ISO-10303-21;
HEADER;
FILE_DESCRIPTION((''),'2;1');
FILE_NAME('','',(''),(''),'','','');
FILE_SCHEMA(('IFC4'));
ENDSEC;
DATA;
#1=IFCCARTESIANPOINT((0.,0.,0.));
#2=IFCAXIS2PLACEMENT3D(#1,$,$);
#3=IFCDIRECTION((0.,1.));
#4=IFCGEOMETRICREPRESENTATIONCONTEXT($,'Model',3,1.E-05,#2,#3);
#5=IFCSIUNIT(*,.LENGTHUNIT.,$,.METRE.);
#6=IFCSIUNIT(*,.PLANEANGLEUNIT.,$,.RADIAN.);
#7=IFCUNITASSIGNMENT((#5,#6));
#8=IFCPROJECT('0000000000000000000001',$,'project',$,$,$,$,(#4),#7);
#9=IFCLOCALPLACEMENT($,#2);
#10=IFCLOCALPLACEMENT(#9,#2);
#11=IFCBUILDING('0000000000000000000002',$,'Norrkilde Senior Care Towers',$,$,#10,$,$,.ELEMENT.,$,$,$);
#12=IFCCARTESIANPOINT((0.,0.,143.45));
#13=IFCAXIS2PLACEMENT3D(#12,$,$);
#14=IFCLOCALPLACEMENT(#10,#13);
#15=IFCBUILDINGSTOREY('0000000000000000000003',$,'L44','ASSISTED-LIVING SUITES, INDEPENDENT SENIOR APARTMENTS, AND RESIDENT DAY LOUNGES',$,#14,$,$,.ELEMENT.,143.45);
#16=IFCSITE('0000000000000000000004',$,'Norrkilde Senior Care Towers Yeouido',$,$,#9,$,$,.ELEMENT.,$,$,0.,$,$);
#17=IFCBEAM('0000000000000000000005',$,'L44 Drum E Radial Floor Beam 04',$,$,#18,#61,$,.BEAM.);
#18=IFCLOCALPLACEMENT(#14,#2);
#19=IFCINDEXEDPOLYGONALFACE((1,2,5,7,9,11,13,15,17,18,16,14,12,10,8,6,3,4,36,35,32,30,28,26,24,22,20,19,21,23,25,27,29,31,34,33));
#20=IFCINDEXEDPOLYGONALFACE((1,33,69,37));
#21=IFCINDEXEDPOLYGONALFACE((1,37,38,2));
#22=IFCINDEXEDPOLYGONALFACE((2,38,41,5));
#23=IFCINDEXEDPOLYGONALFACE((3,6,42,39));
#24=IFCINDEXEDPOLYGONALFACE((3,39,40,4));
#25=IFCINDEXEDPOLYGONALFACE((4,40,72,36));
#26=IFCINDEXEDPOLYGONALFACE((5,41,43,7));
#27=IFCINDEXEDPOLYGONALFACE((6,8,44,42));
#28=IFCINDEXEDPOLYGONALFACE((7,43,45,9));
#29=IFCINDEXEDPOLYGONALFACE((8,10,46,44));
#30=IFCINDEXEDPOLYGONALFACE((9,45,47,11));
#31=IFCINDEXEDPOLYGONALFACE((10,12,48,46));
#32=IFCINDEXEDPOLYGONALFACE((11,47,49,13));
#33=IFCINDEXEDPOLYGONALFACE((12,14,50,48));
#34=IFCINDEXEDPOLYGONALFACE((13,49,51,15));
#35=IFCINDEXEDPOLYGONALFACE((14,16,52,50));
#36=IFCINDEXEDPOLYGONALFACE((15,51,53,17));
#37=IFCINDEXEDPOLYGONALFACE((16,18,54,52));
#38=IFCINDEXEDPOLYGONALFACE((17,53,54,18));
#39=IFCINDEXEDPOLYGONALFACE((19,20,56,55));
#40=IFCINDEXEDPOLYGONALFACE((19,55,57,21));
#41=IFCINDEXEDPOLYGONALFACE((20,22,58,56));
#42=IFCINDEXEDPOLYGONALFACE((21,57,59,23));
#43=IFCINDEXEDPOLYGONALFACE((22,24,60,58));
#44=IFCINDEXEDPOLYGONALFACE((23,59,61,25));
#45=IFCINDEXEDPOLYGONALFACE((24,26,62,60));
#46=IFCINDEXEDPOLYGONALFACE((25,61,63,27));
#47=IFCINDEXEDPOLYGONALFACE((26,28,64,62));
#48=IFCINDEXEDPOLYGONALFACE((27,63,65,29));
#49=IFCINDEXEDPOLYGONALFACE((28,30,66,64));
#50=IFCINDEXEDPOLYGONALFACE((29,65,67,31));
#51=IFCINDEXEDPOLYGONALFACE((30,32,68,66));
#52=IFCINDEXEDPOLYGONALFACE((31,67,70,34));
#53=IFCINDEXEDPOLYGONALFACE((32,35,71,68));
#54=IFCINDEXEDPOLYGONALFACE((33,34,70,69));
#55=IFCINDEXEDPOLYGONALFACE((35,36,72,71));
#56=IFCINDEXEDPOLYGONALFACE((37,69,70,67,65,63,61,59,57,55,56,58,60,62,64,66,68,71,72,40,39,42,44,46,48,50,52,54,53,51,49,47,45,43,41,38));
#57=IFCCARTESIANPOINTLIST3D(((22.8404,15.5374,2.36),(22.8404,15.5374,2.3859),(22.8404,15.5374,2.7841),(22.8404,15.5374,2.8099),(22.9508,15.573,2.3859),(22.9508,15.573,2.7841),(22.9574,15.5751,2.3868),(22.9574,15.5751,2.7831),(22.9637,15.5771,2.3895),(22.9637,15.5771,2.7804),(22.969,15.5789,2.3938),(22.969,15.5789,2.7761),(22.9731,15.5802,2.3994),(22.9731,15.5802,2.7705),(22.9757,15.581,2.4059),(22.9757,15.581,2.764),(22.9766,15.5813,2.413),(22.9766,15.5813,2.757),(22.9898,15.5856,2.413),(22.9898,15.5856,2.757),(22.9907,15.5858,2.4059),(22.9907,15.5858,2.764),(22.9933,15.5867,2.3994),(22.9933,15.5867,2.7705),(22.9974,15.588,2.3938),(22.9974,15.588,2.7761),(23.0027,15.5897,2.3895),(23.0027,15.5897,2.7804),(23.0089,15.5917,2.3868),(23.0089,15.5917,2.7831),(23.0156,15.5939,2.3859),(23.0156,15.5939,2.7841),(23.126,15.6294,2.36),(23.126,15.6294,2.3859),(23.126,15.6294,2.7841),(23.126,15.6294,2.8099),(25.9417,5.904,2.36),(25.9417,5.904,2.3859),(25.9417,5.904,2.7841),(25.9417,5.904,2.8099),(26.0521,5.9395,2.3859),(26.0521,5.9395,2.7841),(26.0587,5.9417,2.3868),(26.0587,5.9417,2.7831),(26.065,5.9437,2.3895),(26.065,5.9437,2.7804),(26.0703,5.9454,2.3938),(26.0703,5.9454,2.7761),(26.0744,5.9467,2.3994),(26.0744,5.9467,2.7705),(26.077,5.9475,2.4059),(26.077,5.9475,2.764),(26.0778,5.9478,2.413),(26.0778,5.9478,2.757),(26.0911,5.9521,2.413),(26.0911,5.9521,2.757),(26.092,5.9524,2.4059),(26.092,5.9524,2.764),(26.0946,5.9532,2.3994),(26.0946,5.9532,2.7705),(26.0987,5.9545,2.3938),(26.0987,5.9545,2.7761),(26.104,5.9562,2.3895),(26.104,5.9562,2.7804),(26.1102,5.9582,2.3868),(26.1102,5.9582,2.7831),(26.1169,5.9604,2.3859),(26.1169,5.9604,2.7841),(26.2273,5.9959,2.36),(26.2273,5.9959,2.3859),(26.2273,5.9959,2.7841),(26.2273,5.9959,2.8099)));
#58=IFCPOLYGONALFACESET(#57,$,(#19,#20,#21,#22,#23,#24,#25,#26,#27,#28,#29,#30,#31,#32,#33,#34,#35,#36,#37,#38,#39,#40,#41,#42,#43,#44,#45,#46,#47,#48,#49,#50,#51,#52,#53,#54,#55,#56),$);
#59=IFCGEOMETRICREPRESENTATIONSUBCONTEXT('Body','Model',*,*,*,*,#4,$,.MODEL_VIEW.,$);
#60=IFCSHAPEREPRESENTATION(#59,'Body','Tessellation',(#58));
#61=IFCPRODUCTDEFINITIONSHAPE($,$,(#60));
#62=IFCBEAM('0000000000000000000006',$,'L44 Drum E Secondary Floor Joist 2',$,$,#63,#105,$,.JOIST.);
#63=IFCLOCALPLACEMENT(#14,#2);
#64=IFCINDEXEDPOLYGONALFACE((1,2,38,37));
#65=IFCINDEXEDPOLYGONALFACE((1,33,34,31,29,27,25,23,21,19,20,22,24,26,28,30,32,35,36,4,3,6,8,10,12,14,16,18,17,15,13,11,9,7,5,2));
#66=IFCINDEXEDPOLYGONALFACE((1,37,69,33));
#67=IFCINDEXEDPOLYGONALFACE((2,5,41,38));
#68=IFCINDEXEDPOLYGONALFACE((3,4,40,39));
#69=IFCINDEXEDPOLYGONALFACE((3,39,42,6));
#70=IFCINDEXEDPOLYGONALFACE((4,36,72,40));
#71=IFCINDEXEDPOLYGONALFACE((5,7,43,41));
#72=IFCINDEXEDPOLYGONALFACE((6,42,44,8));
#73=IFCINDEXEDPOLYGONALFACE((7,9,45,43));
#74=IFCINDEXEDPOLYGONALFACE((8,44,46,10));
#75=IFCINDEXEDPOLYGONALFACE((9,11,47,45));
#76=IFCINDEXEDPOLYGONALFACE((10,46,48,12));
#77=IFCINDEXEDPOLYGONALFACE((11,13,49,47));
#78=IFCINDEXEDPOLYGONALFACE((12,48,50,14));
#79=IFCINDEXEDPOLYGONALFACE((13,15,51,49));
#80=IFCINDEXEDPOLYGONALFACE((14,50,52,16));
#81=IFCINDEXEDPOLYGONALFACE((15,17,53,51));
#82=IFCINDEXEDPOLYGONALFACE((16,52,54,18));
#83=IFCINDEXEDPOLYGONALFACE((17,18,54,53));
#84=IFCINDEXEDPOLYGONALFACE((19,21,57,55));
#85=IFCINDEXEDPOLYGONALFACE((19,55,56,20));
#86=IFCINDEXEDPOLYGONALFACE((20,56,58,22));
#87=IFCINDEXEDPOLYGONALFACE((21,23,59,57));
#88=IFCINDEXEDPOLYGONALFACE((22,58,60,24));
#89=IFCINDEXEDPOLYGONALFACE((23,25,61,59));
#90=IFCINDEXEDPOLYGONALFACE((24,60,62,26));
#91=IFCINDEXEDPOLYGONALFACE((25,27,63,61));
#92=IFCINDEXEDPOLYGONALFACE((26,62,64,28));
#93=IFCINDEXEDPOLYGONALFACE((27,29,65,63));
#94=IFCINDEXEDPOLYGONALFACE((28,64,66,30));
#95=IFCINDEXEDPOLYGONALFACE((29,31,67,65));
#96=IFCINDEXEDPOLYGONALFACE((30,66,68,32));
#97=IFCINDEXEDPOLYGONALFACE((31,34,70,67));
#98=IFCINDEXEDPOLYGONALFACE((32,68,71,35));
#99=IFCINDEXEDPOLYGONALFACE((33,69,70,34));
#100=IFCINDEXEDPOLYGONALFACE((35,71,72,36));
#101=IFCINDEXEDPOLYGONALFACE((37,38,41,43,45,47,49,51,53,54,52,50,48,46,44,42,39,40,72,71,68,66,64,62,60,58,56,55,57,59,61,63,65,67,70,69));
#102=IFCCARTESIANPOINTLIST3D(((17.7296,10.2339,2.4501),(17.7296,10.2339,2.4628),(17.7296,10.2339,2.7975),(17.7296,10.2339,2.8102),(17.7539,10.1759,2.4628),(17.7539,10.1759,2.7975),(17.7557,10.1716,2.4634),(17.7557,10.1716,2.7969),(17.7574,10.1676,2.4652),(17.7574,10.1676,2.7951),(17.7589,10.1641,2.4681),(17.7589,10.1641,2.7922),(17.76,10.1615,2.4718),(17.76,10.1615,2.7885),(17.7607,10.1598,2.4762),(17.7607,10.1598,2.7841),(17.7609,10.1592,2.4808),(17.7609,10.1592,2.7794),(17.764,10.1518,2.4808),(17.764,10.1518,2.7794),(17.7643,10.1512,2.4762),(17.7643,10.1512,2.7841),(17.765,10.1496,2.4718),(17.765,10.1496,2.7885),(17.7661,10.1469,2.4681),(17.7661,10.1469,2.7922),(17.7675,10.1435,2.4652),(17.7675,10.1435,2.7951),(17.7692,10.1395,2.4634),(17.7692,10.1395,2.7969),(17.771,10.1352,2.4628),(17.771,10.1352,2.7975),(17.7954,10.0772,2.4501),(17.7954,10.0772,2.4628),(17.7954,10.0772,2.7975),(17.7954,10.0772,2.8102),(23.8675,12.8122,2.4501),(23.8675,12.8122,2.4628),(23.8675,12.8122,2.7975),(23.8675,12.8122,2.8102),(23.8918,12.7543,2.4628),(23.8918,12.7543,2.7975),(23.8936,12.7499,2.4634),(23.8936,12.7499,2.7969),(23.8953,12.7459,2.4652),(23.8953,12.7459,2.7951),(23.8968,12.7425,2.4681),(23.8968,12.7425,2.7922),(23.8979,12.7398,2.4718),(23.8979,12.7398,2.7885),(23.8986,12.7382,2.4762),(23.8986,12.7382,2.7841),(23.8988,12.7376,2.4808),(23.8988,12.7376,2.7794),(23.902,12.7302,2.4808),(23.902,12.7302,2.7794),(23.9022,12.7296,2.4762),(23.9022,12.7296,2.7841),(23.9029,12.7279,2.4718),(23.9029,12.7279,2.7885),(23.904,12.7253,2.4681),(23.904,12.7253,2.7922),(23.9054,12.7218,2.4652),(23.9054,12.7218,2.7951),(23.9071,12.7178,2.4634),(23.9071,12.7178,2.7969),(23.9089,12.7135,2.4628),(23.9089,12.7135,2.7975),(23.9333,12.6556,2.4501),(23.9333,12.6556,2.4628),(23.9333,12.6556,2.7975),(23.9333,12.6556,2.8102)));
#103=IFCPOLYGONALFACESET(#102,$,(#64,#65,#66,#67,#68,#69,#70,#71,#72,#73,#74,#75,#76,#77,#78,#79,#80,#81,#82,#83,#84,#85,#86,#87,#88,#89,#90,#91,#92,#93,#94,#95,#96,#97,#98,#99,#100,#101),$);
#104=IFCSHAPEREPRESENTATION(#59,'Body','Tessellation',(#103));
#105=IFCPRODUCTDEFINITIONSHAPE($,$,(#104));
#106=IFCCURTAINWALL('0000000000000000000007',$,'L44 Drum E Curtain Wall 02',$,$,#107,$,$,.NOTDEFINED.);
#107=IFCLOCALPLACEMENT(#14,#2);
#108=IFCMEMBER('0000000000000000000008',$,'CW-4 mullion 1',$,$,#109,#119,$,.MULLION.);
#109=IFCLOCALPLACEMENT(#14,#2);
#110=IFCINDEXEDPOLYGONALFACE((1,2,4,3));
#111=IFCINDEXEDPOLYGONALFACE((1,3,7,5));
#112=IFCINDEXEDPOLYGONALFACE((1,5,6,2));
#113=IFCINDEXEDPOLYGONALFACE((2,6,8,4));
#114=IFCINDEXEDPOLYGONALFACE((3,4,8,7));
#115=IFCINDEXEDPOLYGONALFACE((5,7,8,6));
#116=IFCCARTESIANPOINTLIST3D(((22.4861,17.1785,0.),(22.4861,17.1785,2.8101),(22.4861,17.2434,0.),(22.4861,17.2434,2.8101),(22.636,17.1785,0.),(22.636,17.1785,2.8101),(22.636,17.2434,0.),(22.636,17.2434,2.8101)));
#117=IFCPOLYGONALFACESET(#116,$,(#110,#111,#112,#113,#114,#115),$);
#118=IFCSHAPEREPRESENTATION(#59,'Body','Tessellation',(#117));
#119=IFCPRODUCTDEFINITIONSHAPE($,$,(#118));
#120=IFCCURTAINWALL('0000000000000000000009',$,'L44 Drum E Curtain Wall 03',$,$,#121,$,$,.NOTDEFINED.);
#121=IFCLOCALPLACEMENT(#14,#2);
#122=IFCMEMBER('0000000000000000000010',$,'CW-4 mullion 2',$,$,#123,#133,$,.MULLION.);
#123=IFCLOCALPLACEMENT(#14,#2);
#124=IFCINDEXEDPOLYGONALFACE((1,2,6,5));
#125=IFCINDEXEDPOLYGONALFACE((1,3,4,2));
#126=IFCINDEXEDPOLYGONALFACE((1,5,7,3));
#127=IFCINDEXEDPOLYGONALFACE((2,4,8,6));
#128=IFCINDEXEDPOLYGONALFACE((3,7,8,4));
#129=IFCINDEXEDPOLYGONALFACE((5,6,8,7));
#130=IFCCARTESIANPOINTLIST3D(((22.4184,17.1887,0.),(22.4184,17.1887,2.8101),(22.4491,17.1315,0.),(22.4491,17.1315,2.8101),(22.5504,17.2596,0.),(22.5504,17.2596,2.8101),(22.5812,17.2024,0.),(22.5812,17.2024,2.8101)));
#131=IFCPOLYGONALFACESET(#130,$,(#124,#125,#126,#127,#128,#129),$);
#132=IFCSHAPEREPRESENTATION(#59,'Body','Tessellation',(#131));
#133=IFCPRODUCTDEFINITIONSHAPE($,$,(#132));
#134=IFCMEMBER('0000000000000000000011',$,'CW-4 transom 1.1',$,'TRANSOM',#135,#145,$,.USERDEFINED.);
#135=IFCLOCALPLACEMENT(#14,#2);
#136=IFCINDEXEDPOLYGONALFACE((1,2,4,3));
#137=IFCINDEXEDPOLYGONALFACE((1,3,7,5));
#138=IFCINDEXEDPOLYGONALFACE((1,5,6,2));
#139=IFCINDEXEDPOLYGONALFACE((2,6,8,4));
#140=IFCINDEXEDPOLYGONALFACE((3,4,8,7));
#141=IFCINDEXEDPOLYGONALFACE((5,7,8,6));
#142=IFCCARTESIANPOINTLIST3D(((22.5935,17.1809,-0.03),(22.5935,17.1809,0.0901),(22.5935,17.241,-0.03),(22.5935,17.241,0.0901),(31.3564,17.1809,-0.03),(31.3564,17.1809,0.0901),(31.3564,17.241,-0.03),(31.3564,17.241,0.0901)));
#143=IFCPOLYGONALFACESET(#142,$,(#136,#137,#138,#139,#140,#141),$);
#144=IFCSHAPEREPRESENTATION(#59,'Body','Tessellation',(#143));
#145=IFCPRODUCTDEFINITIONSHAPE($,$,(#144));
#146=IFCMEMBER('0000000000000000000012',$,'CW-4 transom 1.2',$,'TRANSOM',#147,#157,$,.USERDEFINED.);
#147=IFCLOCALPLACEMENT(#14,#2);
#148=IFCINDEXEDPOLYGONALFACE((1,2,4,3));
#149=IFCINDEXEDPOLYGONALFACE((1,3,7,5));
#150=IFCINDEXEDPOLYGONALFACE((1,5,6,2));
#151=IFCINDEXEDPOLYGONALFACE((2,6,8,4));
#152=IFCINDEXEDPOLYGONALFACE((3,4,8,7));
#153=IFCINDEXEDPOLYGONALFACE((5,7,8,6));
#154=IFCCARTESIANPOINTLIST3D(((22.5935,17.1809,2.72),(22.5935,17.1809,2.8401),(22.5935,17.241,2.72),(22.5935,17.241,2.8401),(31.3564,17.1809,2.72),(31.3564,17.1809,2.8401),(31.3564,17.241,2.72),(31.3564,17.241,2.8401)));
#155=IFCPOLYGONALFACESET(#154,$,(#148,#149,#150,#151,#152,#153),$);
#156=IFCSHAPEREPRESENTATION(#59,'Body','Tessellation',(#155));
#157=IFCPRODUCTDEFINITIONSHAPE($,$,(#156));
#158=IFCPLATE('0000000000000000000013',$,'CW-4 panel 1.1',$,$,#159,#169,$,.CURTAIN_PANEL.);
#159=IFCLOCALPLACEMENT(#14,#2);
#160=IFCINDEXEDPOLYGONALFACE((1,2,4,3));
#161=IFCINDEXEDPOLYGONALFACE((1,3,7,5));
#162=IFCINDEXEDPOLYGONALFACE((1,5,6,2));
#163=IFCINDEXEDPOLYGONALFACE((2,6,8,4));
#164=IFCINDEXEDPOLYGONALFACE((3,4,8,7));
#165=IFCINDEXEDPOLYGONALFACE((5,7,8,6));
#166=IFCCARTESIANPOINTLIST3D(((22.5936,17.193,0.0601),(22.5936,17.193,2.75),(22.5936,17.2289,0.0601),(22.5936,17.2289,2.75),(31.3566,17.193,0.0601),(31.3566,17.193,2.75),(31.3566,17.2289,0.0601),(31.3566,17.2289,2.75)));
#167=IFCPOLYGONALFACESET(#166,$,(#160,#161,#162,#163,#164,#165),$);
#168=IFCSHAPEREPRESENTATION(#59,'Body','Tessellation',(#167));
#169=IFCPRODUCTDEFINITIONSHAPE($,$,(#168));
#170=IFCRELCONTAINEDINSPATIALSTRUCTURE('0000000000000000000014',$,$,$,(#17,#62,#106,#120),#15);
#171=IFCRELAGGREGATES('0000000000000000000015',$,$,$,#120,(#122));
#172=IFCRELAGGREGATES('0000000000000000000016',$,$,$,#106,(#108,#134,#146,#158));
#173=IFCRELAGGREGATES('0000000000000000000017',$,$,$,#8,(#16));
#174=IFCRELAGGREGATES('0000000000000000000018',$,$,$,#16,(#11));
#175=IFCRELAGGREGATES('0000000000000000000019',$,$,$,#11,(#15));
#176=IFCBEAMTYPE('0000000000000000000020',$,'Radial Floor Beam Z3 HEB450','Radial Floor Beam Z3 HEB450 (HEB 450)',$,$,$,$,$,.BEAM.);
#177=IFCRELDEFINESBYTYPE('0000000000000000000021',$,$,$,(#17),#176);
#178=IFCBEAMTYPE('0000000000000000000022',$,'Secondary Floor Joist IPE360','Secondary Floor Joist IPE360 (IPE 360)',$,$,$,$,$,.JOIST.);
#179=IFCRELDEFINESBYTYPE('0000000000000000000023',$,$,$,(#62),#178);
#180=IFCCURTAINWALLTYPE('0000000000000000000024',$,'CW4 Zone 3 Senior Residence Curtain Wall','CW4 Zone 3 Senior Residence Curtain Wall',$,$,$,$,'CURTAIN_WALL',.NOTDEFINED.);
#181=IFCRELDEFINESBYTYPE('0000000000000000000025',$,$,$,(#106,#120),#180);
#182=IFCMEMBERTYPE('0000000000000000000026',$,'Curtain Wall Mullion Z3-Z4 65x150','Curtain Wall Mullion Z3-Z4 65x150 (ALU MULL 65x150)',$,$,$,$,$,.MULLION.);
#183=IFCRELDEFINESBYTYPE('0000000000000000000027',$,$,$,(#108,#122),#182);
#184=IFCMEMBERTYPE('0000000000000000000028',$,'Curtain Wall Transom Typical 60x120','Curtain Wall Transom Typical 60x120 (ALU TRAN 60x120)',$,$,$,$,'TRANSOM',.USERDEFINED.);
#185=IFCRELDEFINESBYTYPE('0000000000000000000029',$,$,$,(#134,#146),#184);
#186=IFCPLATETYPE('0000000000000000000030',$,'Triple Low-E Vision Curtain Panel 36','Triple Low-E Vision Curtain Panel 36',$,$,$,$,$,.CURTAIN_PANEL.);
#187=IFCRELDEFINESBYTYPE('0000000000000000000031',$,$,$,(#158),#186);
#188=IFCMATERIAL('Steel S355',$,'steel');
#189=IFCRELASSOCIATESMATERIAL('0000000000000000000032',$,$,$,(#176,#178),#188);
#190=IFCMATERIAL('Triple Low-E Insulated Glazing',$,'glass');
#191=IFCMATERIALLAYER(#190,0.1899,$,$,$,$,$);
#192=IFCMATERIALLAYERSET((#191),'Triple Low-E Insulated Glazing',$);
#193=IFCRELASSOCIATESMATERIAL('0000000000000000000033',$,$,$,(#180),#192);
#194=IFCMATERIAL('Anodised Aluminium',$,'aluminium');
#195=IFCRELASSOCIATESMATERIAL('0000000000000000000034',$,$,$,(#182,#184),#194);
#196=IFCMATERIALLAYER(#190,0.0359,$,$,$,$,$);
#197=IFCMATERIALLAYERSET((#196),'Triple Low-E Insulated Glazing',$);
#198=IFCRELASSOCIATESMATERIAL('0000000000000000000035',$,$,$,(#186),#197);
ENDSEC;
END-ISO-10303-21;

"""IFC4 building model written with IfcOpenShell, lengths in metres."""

from ifc_helpers import new_model, si_unit, direction, frame, origin, origin_2d, place, context, subcontext, project, spatial, rectangle, i_section, extrude, source, transform, mapped, material, layer, layer_set, material_profile, profile_set, type_object, type_shapes, element, aggregate, save


model = new_model("IFC4")

# Units and contexts
model_context = context("Model", 3, precision=1e-05, world=origin(), true_north=direction((0.0, 1.0)))
body_context = subcontext(model_context, "Body", "Model", "MODEL_VIEW")
ifc_project = project(units=[si_unit("LENGTHUNIT", "METRE"), si_unit("PLANEANGLEUNIT", "RADIAN")], contexts=[model_context])

# Site, building, storey
site_placement = place(None, origin())
site = spatial("IfcSite", under=ifc_project, at=site_placement, Name="Norrkilde Senior Care Towers Yeouido", CompositionType="ELEMENT", RefElevation=0.0)
building_placement = place(site_placement, origin())
building = spatial("IfcBuilding", under=site, at=building_placement, Name="Norrkilde Senior Care Towers", CompositionType="ELEMENT")
storey_placement = place(building_placement, frame((0.0, 0.0, 143.45)))
storey = spatial("IfcBuildingStorey", under=building, at=storey_placement, Name="L44", Description="ASSISTED-LIVING SUITES, INDEPENDENT SENIOR APARTMENTS, AND RESIDENT DAY LOUNGES", CompositionType="ELEMENT", Elevation=143.45)

# Beams
ifc_material_1 = material(Name="Steel S355", Category="steel")
ifc_material_profile_1 = material_profile(ifc_material_1, i_section(OverallWidth=0.3, OverallDepth=0.45, WebThickness=0.0139, FlangeThickness=0.0259, FilletRadius=0.0271, at=origin_2d()), Name="HEB 450")
ifc_profile_set_1 = profile_set([ifc_material_profile_1], Name="Steel S355")
beam_type_1 = type_object("IfcBeamType", Name="Radial Floor Beam Z3 HEB450", Description="Radial Floor Beam Z3 HEB450 (HEB 450)", PredefinedType="BEAM", material=ifc_profile_set_1)
shared_shape_1 = source(origin(), body_context, "Body", "SweptSolid", [
    extrude(i_section(OverallWidth=0.3, OverallDepth=0.45, WebThickness=0.0139, FlangeThickness=0.0259, FilletRadius=0.0271, at=origin_2d()), origin(), (0.0, 0.0, 1.0), 10.1204),
])
beam_1_placement = place(storey_placement, frame((26.0845, 5.95, 2.585), z_axis=(-0.306441, 0.95189, 0.0), x_axis=(-0.95189, -0.306441, 0.0)))
element("IfcBeam", 1, at=beam_1_placement, inside=storey, type_object=beam_type_1, Name="L44 Drum E Radial Floor Beam 04", PredefinedType="BEAM", context=body_context, shape_type="MappedRepresentation", body=[
    mapped(shared_shape_1, transform((0.0, 0.0, 0.0), x_axis=(1.0, 0.0, 0.0), y_axis=(0.0, 1.0, 0.0), z_axis=(0.0, 0.0, 1.0), scale=1.0)),
])
ifc_material_profile_2 = material_profile(ifc_material_1, i_section(OverallWidth=0.1699, OverallDepth=0.3601, WebThickness=0.0081, FlangeThickness=0.0127, FilletRadius=0.0181, at=origin_2d()), Name="IPE 360")
ifc_profile_set_2 = profile_set([ifc_material_profile_2], Name="Steel S355")
beam_type_2 = type_object("IfcBeamType", Name="Secondary Floor Joist IPE360", Description="Secondary Floor Joist IPE360 (IPE 360)", PredefinedType="JOIST", material=ifc_profile_set_2)
shared_shape_2 = source(origin(), body_context, "Body", "SweptSolid", [
    extrude(i_section(OverallWidth=0.1699, OverallDepth=0.3601, WebThickness=0.0081, FlangeThickness=0.0127, FilletRadius=0.0181, at=origin_2d()), origin(), (0.0, 0.0, 1.0), 6.6575),
])
type_shapes(beam_type_2, [shared_shape_2])
beam_2_placement = place(storey_placement, frame((23.9004, 12.7339, 2.6301), z_axis=(-0.921959, -0.387288, 0.0), x_axis=(0.387288, -0.921959, 0.0)))
element("IfcBeam", 2, at=beam_2_placement, inside=storey, type_object=beam_type_2, Name="L44 Drum E Secondary Floor Joist 2", PredefinedType="JOIST", context=body_context, shape_type="MappedRepresentation", body=[
    mapped(shared_shape_2, transform((0.0, 0.0, 0.0), x_axis=(1.0, 0.0, 0.0), y_axis=(0.0, 1.0, 0.0), z_axis=(0.0, 0.0, 1.0), scale=1.0)),
])

# Curtain walls, members
ifc_material_2 = material(Name="Triple Low-E Insulated Glazing", Category="glass")
ifc_layer_1 = layer(ifc_material_2, 0.1899)
ifc_layer_set_1 = layer_set([ifc_layer_1], Name="Triple Low-E Insulated Glazing")
curtain_wall_type = type_object("IfcCurtainWallType", Name="CW4 Zone 3 Senior Residence Curtain Wall", Description="CW4 Zone 3 Senior Residence Curtain Wall", ElementType="CURTAIN_WALL", PredefinedType="NOTDEFINED", material=ifc_layer_set_1)
curtain_wall_1_placement = place(storey_placement, origin())
curtain_wall_1 = element("IfcCurtainWall", 3, at=curtain_wall_1_placement, inside=storey, type_object=curtain_wall_type, Name="L44 Drum E Curtain Wall 02", PredefinedType="NOTDEFINED")
ifc_material_3 = material(Name="Anodised Aluminium", Category="aluminium")
ifc_material_profile_3 = material_profile(ifc_material_3, rectangle(XDim=0.0649, YDim=0.1499, at=origin_2d()), Name="ALU MULL 65x150")
ifc_profile_set_3 = profile_set([ifc_material_profile_3], Name="Anodised Aluminium")
member_type_1 = type_object("IfcMemberType", Name="Curtain Wall Mullion Z3-Z4 65x150", Description="Curtain Wall Mullion Z3-Z4 65x150 (ALU MULL 65x150)", PredefinedType="MULLION", material=ifc_profile_set_3)
shared_shape_3 = source(origin(), body_context, "Body", "SweptSolid", [
    extrude(rectangle(XDim=0.0649, YDim=0.1499, at=origin_2d()), origin(), (0.0, 0.0, 1.0), 2.8101),
])
type_shapes(member_type_1, [shared_shape_3])
member_1_placement = place(storey_placement, frame((22.561, 17.2109, 0.0), z_axis=(0.0, 0.0, 1.0), x_axis=(0.0, 1.0, 0.0)))
member_1 = element("IfcMember", 4, at=member_1_placement, type_object=member_type_1, Name="CW-4 mullion 1", PredefinedType="MULLION", context=body_context, shape_type="MappedRepresentation", body=[
    mapped(shared_shape_3, transform((0.0, 0.0, 0.0), x_axis=(1.0, 0.0, 0.0), y_axis=(0.0, 1.0, 0.0), z_axis=(0.0, 0.0, 1.0), scale=1.0)),
])
curtain_wall_2_placement = place(storey_placement, origin())
curtain_wall_2 = element("IfcCurtainWall", 5, at=curtain_wall_2_placement, inside=storey, type_object=curtain_wall_type, Name="L44 Drum E Curtain Wall 03", PredefinedType="NOTDEFINED")
member_2_placement = place(storey_placement, frame((22.4998, 17.1956, 0.0), z_axis=(0.0, 0.0, 1.0), x_axis=(-0.473117, 0.881, 0.0)))
member_2 = element("IfcMember", 6, at=member_2_placement, type_object=member_type_1, Name="CW-4 mullion 2", PredefinedType="MULLION", context=body_context, shape_type="MappedRepresentation", body=[
    mapped(shared_shape_3, transform((0.0, 0.0, 0.0), x_axis=(1.0, 0.0, 0.0), y_axis=(0.0, 1.0, 0.0), z_axis=(0.0, 0.0, 1.0), scale=1.0)),
])
aggregate(curtain_wall_2, [member_2])

# Members
ifc_material_profile_4 = material_profile(ifc_material_3, rectangle(XDim=0.0601, YDim=0.1201, at=origin_2d()), Name="ALU TRAN 60x120")
ifc_profile_set_4 = profile_set([ifc_material_profile_4], Name="Anodised Aluminium")
member_type_2 = type_object("IfcMemberType", Name="Curtain Wall Transom Typical 60x120", Description="Curtain Wall Transom Typical 60x120 (ALU TRAN 60x120)", ElementType="TRANSOM", PredefinedType="USERDEFINED", material=ifc_profile_set_4)
shared_shape_4 = source(origin(), body_context, "Body", "SweptSolid", [
    extrude(rectangle(XDim=0.0601, YDim=0.1201, at=origin_2d()), origin(), (0.0, 0.0, 1.0), 8.7629),
])
type_shapes(member_type_2, [shared_shape_4])
member_3_placement = place(storey_placement, frame((22.5935, 17.2109, 0.03), z_axis=(1.0, 0.0, 0.0), x_axis=(0.0, 1.0, 0.0)))
member_3 = element("IfcMember", 7, at=member_3_placement, type_object=member_type_2, Name="CW-4 transom 1.1", ObjectType="TRANSOM", PredefinedType="USERDEFINED", context=body_context, shape_type="MappedRepresentation", body=[
    mapped(shared_shape_4, transform((0.0, 0.0, 0.0), x_axis=(1.0, 0.0, 0.0), y_axis=(0.0, 1.0, 0.0), z_axis=(0.0, 0.0, 1.0), scale=1.0)),
])
member_4_placement = place(storey_placement, frame((22.5935, 17.2109, 2.78), z_axis=(1.0, 0.0, 0.0), x_axis=(0.0, 1.0, 0.0)))
member_4 = element("IfcMember", 8, at=member_4_placement, type_object=member_type_2, Name="CW-4 transom 1.2", ObjectType="TRANSOM", PredefinedType="USERDEFINED", context=body_context, shape_type="MappedRepresentation", body=[
    mapped(shared_shape_4, transform((0.0, 0.0, 0.0), x_axis=(1.0, 0.0, 0.0), y_axis=(0.0, 1.0, 0.0), z_axis=(0.0, 0.0, 1.0), scale=1.0)),
])

# Plate
ifc_layer_2 = layer(ifc_material_2, 0.0359)
ifc_layer_set_2 = layer_set([ifc_layer_2], Name="Triple Low-E Insulated Glazing")
plate_type = type_object("IfcPlateType", Name="Triple Low-E Vision Curtain Panel 36", Description="Triple Low-E Vision Curtain Panel 36", PredefinedType="CURTAIN_PANEL", material=ifc_layer_set_2)
shared_shape_5 = source(origin(), body_context, "Body", "SweptSolid", [
    extrude(rectangle(XDim=8.7629, YDim=0.0359, at=origin_2d()), origin(), (0.0, 0.0, 1.0), 2.6899),
])
type_shapes(plate_type, [shared_shape_5])
plate_placement = place(storey_placement, frame((26.9751, 17.2109, 0.0601), z_axis=(0.0, 0.0, 1.0), x_axis=(1.0, 0.0, 0.0)))
plate = element("IfcPlate", 9, at=plate_placement, type_object=plate_type, Name="CW-4 panel 1.1", PredefinedType="CURTAIN_PANEL", context=body_context, shape_type="MappedRepresentation", body=[
    mapped(shared_shape_5, transform((0.0, 0.0, 0.0), x_axis=(1.0, 0.0, 0.0), y_axis=(0.0, 1.0, 0.0), z_axis=(0.0, 0.0, 1.0), scale=1.0)),
])
aggregate(curtain_wall_1, [member_1, member_3, member_4, plate])

save(model, "model.ifc")
